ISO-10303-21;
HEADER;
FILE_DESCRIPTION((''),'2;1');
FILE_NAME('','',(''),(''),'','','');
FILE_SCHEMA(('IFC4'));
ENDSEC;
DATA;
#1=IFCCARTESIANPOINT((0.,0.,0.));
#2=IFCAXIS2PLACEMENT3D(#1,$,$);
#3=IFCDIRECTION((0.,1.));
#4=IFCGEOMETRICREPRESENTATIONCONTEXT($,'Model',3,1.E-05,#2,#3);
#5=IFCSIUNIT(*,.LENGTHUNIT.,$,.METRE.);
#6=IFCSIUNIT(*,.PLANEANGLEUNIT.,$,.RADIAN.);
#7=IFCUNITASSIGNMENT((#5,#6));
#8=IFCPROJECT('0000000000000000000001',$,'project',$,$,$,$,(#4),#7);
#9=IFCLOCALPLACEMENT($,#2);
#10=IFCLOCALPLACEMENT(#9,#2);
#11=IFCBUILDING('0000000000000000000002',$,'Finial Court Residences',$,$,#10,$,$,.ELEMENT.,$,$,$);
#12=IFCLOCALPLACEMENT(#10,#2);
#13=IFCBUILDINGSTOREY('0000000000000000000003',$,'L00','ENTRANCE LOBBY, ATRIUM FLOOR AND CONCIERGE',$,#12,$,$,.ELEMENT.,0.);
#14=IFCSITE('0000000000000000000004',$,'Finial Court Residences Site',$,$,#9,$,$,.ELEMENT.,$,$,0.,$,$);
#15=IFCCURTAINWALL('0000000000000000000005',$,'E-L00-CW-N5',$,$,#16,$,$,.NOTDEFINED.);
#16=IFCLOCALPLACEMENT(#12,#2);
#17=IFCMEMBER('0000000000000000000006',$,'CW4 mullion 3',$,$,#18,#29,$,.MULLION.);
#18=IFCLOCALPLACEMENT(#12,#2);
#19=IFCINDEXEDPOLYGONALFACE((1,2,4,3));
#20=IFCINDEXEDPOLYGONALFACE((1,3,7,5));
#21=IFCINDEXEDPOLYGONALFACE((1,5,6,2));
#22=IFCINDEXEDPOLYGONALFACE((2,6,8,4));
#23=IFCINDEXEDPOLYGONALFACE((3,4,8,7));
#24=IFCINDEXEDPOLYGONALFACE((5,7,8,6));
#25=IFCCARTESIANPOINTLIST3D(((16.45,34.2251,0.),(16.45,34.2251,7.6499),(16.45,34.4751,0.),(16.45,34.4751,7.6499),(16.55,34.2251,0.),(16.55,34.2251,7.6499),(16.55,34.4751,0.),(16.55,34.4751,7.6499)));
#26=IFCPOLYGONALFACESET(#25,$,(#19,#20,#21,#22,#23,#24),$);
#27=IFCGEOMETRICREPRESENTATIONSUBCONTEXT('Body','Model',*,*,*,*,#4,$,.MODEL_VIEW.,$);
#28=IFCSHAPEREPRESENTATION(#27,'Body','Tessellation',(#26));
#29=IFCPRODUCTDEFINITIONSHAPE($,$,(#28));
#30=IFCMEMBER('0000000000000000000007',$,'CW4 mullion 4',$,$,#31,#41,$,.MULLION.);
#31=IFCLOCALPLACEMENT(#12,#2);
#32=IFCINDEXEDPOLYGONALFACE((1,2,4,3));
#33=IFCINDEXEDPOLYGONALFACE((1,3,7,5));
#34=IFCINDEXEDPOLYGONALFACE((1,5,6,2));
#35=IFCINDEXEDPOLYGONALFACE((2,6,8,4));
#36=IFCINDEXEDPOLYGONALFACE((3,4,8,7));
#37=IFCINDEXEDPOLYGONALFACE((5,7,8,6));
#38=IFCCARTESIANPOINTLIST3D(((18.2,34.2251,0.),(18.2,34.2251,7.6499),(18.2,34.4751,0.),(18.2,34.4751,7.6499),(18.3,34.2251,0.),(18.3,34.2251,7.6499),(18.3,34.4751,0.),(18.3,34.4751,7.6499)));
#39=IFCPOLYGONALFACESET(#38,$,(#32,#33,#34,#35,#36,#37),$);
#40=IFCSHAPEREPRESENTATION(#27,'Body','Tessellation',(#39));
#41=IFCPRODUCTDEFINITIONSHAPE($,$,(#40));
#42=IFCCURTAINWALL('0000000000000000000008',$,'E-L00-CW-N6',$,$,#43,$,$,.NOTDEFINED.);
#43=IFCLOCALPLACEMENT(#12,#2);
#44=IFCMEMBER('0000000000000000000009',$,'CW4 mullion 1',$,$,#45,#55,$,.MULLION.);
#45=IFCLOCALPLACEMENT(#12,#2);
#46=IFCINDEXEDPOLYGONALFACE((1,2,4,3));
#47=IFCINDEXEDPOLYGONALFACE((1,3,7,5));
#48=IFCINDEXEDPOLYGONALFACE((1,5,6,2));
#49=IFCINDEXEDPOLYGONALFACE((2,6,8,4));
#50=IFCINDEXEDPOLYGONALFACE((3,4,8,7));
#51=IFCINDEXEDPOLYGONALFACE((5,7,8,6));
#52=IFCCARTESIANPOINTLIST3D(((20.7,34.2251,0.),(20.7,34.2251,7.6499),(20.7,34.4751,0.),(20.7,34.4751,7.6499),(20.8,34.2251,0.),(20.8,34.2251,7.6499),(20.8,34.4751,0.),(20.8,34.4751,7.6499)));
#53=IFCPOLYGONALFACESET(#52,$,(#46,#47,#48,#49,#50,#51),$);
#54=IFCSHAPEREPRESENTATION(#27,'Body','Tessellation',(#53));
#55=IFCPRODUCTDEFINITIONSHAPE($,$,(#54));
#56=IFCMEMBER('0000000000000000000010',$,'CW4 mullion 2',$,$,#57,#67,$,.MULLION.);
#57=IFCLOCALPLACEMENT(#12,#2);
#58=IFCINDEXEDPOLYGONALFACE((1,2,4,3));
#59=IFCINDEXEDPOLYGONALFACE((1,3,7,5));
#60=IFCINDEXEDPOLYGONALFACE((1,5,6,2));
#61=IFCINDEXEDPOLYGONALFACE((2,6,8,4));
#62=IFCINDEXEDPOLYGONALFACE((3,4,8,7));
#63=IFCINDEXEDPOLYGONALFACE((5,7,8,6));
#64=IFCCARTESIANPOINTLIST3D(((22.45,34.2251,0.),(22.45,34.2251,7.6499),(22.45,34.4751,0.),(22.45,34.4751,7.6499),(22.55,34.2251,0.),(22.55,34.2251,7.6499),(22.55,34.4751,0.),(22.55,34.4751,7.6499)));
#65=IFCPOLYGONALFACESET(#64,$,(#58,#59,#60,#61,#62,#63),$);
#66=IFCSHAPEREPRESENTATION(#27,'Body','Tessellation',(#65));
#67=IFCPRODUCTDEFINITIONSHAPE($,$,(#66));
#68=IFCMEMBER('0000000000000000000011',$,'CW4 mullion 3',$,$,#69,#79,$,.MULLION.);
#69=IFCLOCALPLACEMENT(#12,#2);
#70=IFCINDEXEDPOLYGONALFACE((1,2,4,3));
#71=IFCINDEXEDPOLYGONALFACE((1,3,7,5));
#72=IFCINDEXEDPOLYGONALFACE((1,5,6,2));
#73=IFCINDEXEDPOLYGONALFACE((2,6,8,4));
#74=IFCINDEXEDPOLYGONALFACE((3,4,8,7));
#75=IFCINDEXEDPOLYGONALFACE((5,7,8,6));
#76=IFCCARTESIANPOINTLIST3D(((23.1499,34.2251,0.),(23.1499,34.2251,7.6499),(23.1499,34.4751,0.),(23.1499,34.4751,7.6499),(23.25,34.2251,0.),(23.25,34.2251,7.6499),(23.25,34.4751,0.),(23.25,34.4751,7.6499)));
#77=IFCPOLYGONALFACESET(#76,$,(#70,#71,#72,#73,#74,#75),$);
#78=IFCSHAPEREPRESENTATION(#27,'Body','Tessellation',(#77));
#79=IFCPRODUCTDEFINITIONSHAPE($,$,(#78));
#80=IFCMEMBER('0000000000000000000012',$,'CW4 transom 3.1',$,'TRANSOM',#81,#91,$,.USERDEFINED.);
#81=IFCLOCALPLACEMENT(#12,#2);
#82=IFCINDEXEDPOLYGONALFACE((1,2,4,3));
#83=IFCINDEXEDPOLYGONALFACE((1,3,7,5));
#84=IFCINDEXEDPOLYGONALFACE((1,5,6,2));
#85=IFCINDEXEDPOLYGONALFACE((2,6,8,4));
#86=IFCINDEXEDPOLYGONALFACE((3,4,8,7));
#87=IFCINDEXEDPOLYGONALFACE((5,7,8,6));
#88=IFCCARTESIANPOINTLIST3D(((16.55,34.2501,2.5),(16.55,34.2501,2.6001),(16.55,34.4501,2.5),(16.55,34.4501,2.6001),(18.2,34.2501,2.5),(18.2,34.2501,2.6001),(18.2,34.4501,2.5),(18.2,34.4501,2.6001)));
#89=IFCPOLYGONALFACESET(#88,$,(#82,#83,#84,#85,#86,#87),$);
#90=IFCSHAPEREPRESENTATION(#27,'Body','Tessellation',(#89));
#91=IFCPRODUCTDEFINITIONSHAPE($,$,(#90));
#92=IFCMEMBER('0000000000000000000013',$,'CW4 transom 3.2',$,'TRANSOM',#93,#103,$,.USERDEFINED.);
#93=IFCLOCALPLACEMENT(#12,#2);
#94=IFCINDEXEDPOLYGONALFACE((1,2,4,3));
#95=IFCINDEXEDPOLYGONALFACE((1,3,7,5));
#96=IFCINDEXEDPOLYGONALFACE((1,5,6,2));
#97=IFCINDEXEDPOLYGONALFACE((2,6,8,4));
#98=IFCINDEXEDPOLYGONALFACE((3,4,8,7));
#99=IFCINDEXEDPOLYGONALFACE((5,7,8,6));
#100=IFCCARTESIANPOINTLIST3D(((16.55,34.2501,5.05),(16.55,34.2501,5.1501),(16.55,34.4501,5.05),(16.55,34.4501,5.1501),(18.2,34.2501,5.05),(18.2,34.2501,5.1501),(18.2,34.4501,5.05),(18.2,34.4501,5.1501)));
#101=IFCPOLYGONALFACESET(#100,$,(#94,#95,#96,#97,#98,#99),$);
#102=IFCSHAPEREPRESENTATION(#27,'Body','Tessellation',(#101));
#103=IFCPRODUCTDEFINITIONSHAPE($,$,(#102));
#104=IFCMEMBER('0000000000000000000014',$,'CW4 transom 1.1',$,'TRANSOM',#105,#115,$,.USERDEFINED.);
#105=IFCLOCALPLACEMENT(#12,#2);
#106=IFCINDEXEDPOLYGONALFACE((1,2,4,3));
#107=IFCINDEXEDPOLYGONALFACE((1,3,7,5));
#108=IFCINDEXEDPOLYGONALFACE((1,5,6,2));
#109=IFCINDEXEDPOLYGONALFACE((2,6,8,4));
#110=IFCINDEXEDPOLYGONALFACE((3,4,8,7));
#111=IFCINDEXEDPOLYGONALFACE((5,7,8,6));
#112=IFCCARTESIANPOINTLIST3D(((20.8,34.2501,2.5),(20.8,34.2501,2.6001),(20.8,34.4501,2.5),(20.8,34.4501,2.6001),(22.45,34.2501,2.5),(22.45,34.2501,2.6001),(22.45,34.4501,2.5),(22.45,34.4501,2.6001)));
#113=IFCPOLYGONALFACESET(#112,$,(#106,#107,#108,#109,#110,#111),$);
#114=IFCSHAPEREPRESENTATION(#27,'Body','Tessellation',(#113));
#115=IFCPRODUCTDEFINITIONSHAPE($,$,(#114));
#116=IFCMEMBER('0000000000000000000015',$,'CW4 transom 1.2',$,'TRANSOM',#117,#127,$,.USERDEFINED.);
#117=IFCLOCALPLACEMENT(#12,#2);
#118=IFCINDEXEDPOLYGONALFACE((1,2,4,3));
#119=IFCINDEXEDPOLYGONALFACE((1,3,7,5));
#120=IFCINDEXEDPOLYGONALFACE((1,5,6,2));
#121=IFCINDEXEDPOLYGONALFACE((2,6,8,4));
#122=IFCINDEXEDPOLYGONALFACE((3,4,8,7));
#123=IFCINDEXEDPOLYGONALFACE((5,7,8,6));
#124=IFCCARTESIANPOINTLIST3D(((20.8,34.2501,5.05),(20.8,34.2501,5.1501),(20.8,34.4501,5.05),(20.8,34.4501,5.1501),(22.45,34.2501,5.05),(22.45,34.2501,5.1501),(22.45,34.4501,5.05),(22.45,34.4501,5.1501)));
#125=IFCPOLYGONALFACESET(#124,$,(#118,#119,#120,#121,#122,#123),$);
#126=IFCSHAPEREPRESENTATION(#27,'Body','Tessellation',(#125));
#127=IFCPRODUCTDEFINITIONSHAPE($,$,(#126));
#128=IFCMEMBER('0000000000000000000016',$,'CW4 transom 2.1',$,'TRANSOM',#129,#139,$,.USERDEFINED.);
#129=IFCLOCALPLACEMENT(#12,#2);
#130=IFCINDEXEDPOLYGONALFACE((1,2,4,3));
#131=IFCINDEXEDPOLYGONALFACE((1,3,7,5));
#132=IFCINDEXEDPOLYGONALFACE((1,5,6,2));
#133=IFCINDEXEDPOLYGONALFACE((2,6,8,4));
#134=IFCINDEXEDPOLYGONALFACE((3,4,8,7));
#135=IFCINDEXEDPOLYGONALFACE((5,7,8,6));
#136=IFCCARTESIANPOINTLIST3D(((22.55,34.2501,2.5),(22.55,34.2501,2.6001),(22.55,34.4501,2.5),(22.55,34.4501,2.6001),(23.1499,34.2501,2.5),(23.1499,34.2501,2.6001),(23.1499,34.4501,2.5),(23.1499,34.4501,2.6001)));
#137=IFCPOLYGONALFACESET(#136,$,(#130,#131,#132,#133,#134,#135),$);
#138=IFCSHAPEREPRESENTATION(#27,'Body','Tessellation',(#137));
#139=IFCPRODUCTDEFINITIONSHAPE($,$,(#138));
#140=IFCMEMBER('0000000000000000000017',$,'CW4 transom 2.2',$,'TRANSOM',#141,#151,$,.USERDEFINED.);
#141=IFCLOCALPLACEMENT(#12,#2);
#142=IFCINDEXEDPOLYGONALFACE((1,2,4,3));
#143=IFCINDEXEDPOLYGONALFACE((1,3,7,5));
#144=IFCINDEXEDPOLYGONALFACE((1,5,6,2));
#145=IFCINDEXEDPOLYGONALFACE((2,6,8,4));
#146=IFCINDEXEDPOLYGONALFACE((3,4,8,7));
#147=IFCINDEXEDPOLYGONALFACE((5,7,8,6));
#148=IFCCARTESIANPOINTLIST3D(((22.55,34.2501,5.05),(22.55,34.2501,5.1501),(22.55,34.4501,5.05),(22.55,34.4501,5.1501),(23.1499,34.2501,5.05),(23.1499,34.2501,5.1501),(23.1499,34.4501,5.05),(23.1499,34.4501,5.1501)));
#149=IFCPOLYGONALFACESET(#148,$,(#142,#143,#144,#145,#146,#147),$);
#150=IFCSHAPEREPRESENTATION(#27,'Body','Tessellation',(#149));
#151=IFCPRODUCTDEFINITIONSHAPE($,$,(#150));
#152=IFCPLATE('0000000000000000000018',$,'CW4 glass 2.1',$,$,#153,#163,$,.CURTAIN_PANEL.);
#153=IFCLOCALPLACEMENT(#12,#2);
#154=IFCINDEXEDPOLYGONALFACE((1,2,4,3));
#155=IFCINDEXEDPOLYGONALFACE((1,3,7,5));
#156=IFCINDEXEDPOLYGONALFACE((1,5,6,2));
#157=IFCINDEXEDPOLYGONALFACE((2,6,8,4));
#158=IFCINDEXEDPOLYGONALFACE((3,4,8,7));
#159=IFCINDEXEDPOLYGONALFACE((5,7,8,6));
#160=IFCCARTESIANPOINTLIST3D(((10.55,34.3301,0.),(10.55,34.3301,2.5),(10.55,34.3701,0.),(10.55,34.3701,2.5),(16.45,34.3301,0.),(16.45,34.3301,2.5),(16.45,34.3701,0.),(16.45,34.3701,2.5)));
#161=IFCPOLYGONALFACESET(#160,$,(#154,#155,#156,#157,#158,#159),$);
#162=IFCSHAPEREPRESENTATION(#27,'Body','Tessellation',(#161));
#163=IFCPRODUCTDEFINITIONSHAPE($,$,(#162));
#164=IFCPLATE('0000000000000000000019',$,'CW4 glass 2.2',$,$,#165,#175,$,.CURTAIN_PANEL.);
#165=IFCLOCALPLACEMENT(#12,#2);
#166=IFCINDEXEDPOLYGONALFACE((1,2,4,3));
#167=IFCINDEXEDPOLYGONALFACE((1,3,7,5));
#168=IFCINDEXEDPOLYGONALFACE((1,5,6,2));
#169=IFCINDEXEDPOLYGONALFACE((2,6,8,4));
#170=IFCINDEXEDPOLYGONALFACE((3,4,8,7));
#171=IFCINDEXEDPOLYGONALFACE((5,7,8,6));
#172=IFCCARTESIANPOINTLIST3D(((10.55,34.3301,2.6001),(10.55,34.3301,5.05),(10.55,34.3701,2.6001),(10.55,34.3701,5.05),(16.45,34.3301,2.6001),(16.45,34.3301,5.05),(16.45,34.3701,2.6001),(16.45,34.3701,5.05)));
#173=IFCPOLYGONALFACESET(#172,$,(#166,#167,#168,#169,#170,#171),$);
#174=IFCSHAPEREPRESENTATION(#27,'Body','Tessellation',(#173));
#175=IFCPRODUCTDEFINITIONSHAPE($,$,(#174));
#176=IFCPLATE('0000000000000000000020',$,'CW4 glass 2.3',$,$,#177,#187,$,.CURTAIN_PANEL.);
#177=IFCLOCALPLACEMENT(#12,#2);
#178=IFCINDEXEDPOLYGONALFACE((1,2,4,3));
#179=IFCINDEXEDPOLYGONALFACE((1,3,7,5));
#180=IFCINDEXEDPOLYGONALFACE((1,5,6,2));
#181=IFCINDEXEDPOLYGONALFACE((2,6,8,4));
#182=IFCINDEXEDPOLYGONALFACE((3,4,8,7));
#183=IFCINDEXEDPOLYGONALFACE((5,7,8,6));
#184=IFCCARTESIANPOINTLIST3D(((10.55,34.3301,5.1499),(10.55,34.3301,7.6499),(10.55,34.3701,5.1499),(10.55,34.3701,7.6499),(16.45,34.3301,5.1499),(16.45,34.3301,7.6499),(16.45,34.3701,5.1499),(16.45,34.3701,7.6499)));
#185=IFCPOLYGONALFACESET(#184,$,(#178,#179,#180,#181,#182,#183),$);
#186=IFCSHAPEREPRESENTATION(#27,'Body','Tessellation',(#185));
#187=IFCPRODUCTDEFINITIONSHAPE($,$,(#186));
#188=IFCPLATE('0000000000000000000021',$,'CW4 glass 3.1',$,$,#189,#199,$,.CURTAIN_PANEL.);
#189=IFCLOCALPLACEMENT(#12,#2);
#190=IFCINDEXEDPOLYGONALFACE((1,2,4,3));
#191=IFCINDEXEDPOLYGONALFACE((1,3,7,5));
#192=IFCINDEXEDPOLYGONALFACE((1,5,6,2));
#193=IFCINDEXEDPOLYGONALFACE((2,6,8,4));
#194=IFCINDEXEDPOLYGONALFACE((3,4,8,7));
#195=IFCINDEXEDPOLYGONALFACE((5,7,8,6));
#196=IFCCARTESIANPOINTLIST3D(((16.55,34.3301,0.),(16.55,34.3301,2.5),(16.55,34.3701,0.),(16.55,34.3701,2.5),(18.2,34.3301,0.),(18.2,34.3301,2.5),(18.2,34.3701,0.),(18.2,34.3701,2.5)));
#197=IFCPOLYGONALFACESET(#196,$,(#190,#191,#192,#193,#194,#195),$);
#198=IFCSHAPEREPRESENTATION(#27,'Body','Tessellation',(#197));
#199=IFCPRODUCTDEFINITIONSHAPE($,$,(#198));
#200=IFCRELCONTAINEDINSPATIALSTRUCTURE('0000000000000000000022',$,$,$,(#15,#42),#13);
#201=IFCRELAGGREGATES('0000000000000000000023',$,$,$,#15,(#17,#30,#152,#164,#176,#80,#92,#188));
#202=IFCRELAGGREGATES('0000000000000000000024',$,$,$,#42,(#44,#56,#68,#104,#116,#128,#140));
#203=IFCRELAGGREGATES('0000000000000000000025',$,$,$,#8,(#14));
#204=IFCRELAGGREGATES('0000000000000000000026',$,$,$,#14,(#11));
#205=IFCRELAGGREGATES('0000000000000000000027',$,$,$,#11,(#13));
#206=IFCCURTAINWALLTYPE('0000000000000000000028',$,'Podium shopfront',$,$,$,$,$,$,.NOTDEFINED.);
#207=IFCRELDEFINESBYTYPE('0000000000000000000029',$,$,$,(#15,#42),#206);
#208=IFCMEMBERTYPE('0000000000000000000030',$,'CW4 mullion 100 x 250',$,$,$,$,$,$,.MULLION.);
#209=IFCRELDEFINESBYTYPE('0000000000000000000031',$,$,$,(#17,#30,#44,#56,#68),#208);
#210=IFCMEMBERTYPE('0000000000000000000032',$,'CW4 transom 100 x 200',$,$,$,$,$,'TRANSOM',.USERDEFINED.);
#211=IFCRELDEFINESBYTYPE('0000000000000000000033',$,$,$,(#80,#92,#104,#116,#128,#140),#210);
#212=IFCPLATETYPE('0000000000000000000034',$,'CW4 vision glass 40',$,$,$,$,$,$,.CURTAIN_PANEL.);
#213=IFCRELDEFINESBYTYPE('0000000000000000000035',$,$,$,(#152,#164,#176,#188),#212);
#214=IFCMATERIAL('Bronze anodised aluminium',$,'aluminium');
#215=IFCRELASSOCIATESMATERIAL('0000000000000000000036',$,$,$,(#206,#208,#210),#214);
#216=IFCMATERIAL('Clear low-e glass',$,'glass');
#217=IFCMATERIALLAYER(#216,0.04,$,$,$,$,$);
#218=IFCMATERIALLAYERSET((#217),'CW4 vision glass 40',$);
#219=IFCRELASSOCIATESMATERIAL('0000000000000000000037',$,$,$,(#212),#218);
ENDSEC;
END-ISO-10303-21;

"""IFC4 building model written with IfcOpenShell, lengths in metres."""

from ifc_helpers import new_model, si_unit, direction, frame, origin, origin_2d, place, context, subcontext, project, spatial, rectangle, extrude, material, layer, layer_set, material_profile, profile_set, type_object, element, aggregate, save


model = new_model("IFC4")

# Units and contexts
model_context = context("Model", 3, precision=1e-05, world=origin(), true_north=direction((0.0, 1.0)))
body_context = subcontext(model_context, "Body", "Model", "MODEL_VIEW")
ifc_project = project(units=[si_unit("LENGTHUNIT", "METRE"), si_unit("PLANEANGLEUNIT", "RADIAN")], contexts=[model_context])

# Site, building, storey
site_placement = place(None, origin())
site = spatial("IfcSite", under=ifc_project, at=site_placement, Name="Finial Court Residences Site", CompositionType="ELEMENT", RefElevation=0.0)
building_placement = place(site_placement, origin())
building = spatial("IfcBuilding", under=site, at=building_placement, Name="Finial Court Residences", CompositionType="ELEMENT")
storey_placement = place(building_placement, origin())
storey = spatial("IfcBuildingStorey", under=building, at=storey_placement, Name="L00", Description="ENTRANCE LOBBY, ATRIUM FLOOR AND CONCIERGE", CompositionType="ELEMENT", Elevation=0.0)

# Curtain walls, members
ifc_material_1 = material(Name="Bronze anodised aluminium", Category="aluminium")
curtain_wall_type = type_object("IfcCurtainWallType", Name="Podium shopfront", PredefinedType="NOTDEFINED", material=ifc_material_1)
curtain_wall_1_placement = place(storey_placement, origin())
curtain_wall_1 = element("IfcCurtainWall", 1, at=curtain_wall_1_placement, inside=storey, type_object=curtain_wall_type, Name="E-L00-CW-N5", PredefinedType="NOTDEFINED")
ifc_material_profile_1 = material_profile(ifc_material_1, rectangle(XDim=0.25, YDim=0.1001, at=origin_2d()), Name="CW4 mullion 100 x 250")
ifc_profile_set_1 = profile_set([ifc_material_profile_1], Name="Bronze anodised aluminium")
member_type_1 = type_object("IfcMemberType", Name="CW4 mullion 100 x 250", PredefinedType="MULLION", material=ifc_profile_set_1)
member_1_placement = place(storey_placement, frame((16.5, 34.3501, 0.0), z_axis=(0.0, 0.0, 1.0), x_axis=(0.0, 1.0, 0.0)))
member_1 = element("IfcMember", 2, at=member_1_placement, type_object=member_type_1, Name="CW4 mullion 3", PredefinedType="MULLION", context=body_context, shape_type="SweptSolid", body=[
    extrude(rectangle(XDim=0.25, YDim=0.1001, at=origin_2d()), origin(), (0.0, 0.0, 1.0), 7.6499),
])
member_2_placement = place(storey_placement, frame((18.25, 34.3501, 0.0), z_axis=(0.0, 0.0, 1.0), x_axis=(0.0, 1.0, 0.0)))
member_2 = element("IfcMember", 3, at=member_2_placement, type_object=member_type_1, Name="CW4 mullion 4", PredefinedType="MULLION", context=body_context, shape_type="SweptSolid", body=[
    extrude(rectangle(XDim=0.25, YDim=0.1001, at=origin_2d()), origin(), (0.0, 0.0, 1.0), 7.6499),
])
curtain_wall_2_placement = place(storey_placement, origin())
curtain_wall_2 = element("IfcCurtainWall", 4, at=curtain_wall_2_placement, inside=storey, type_object=curtain_wall_type, Name="E-L00-CW-N6", PredefinedType="NOTDEFINED")
member_3_placement = place(storey_placement, frame((20.75, 34.3501, 0.0), z_axis=(0.0, 0.0, 1.0), x_axis=(0.0, 1.0, 0.0)))
member_3 = element("IfcMember", 5, at=member_3_placement, type_object=member_type_1, Name="CW4 mullion 1", PredefinedType="MULLION", context=body_context, shape_type="SweptSolid", body=[
    extrude(rectangle(XDim=0.25, YDim=0.1001, at=origin_2d()), origin(), (0.0, 0.0, 1.0), 7.6499),
])
member_4_placement = place(storey_placement, frame((22.5, 34.3501, 0.0), z_axis=(0.0, 0.0, 1.0), x_axis=(0.0, 1.0, 0.0)))
member_4 = element("IfcMember", 6, at=member_4_placement, type_object=member_type_1, Name="CW4 mullion 2", PredefinedType="MULLION", context=body_context, shape_type="SweptSolid", body=[
    extrude(rectangle(XDim=0.25, YDim=0.1001, at=origin_2d()), origin(), (0.0, 0.0, 1.0), 7.6499),
])
member_5_placement = place(storey_placement, frame((23.2, 34.3501, 0.0), z_axis=(0.0, 0.0, 1.0), x_axis=(0.0, 1.0, 0.0)))
member_5 = element("IfcMember", 7, at=member_5_placement, type_object=member_type_1, Name="CW4 mullion 3", PredefinedType="MULLION", context=body_context, shape_type="SweptSolid", body=[
    extrude(rectangle(XDim=0.25, YDim=0.1001, at=origin_2d()), origin(), (0.0, 0.0, 1.0), 7.6499),
])

# Members
ifc_material_profile_2 = material_profile(ifc_material_1, rectangle(XDim=0.2, YDim=0.1001, at=origin_2d()), Name="CW4 transom 100 x 200")
ifc_profile_set_2 = profile_set([ifc_material_profile_2], Name="Bronze anodised aluminium")
member_type_2 = type_object("IfcMemberType", Name="CW4 transom 100 x 200", ElementType="TRANSOM", PredefinedType="USERDEFINED", material=ifc_profile_set_2)
member_6_placement = place(storey_placement, frame((16.55, 34.3501, 2.55), z_axis=(1.0, 0.0, 0.0), x_axis=(0.0, 1.0, 0.0)))
member_6 = element("IfcMember", 8, at=member_6_placement, type_object=member_type_2, Name="CW4 transom 3.1", ObjectType="TRANSOM", PredefinedType="USERDEFINED", context=body_context, shape_type="SweptSolid", body=[
    extrude(rectangle(XDim=0.2, YDim=0.1001, at=origin_2d()), origin(), (0.0, 0.0, 1.0), 1.6499),
])
member_7_placement = place(storey_placement, frame((16.55, 34.3501, 5.1001), z_axis=(1.0, 0.0, 0.0), x_axis=(0.0, 1.0, 0.0)))
member_7 = element("IfcMember", 9, at=member_7_placement, type_object=member_type_2, Name="CW4 transom 3.2", ObjectType="TRANSOM", PredefinedType="USERDEFINED", context=body_context, shape_type="SweptSolid", body=[
    extrude(rectangle(XDim=0.2, YDim=0.1001, at=origin_2d()), origin(), (0.0, 0.0, 1.0), 1.6499),
])
member_8_placement = place(storey_placement, frame((20.8, 34.3501, 2.55), z_axis=(1.0, 0.0, 0.0), x_axis=(0.0, 1.0, 0.0)))
member_8 = element("IfcMember", 10, at=member_8_placement, type_object=member_type_2, Name="CW4 transom 1.1", ObjectType="TRANSOM", PredefinedType="USERDEFINED", context=body_context, shape_type="SweptSolid", body=[
    extrude(rectangle(XDim=0.2, YDim=0.1001, at=origin_2d()), origin(), (0.0, 0.0, 1.0), 1.6499),
])
member_9_placement = place(storey_placement, frame((20.8, 34.3501, 5.1001), z_axis=(1.0, 0.0, 0.0), x_axis=(0.0, 1.0, 0.0)))
member_9 = element("IfcMember", 11, at=member_9_placement, type_object=member_type_2, Name="CW4 transom 1.2", ObjectType="TRANSOM", PredefinedType="USERDEFINED", context=body_context, shape_type="SweptSolid", body=[
    extrude(rectangle(XDim=0.2, YDim=0.1001, at=origin_2d()), origin(), (0.0, 0.0, 1.0), 1.6499),
])
member_10_placement = place(storey_placement, frame((22.55, 34.3501, 2.55), z_axis=(1.0, 0.0, 0.0), x_axis=(0.0, 1.0, 0.0)))
member_10 = element("IfcMember", 12, at=member_10_placement, type_object=member_type_2, Name="CW4 transom 2.1", ObjectType="TRANSOM", PredefinedType="USERDEFINED", context=body_context, shape_type="SweptSolid", body=[
    extrude(rectangle(XDim=0.2, YDim=0.1001, at=origin_2d()), origin(), (0.0, 0.0, 1.0), 0.5999),
])
member_11_placement = place(storey_placement, frame((22.55, 34.3501, 5.1001), z_axis=(1.0, 0.0, 0.0), x_axis=(0.0, 1.0, 0.0)))
member_11 = element("IfcMember", 13, at=member_11_placement, type_object=member_type_2, Name="CW4 transom 2.2", ObjectType="TRANSOM", PredefinedType="USERDEFINED", context=body_context, shape_type="SweptSolid", body=[
    extrude(rectangle(XDim=0.2, YDim=0.1001, at=origin_2d()), origin(), (0.0, 0.0, 1.0), 0.5999),
])

# Plates
ifc_material_2 = material(Name="Clear low-e glass", Category="glass")
ifc_layer_1 = layer(ifc_material_2, 0.04)
ifc_layer_set_1 = layer_set([ifc_layer_1], Name="CW4 vision glass 40")
plate_type = type_object("IfcPlateType", Name="CW4 vision glass 40", PredefinedType="CURTAIN_PANEL", material=ifc_layer_set_1)
plate_1_placement = place(storey_placement, frame((13.5, 34.3501, 0.0), z_axis=(0.0, 0.0, 1.0), x_axis=(1.0, 0.0, 0.0)))
plate_1 = element("IfcPlate", 14, at=plate_1_placement, type_object=plate_type, Name="CW4 glass 2.1", PredefinedType="CURTAIN_PANEL", context=body_context, shape_type="SweptSolid", body=[
    extrude(rectangle(XDim=5.8999, YDim=0.04, at=origin_2d()), origin(), (0.0, 0.0, 1.0), 2.5),
])
plate_2_placement = place(storey_placement, frame((13.5, 34.3501, 2.6001), z_axis=(0.0, 0.0, 1.0), x_axis=(1.0, 0.0, 0.0)))
plate_2 = element("IfcPlate", 15, at=plate_2_placement, type_object=plate_type, Name="CW4 glass 2.2", PredefinedType="CURTAIN_PANEL", context=body_context, shape_type="SweptSolid", body=[
    extrude(rectangle(XDim=5.8999, YDim=0.04, at=origin_2d()), origin(), (0.0, 0.0, 1.0), 2.45),
])
plate_3_placement = place(storey_placement, frame((13.5, 34.3501, 5.1499), z_axis=(0.0, 0.0, 1.0), x_axis=(1.0, 0.0, 0.0)))
plate_3 = element("IfcPlate", 16, at=plate_3_placement, type_object=plate_type, Name="CW4 glass 2.3", PredefinedType="CURTAIN_PANEL", context=body_context, shape_type="SweptSolid", body=[
    extrude(rectangle(XDim=5.8999, YDim=0.04, at=origin_2d()), origin(), (0.0, 0.0, 1.0), 2.5),
])
plate_4_placement = place(storey_placement, frame((17.375, 34.3501, 0.0), z_axis=(0.0, 0.0, 1.0), x_axis=(1.0, 0.0, 0.0)))
plate_4 = element("IfcPlate", 17, at=plate_4_placement, type_object=plate_type, Name="CW4 glass 3.1", PredefinedType="CURTAIN_PANEL", context=body_context, shape_type="SweptSolid", body=[
    extrude(rectangle(XDim=1.6499, YDim=0.04, at=origin_2d()), origin(), (0.0, 0.0, 1.0), 2.5),
])
aggregate(curtain_wall_1, [member_1, member_2, plate_1, plate_2, plate_3, member_6, member_7, plate_4])
aggregate(curtain_wall_2, [member_3, member_4, member_5, member_8, member_9, member_10, member_11])

save(model, "model.ifc")
